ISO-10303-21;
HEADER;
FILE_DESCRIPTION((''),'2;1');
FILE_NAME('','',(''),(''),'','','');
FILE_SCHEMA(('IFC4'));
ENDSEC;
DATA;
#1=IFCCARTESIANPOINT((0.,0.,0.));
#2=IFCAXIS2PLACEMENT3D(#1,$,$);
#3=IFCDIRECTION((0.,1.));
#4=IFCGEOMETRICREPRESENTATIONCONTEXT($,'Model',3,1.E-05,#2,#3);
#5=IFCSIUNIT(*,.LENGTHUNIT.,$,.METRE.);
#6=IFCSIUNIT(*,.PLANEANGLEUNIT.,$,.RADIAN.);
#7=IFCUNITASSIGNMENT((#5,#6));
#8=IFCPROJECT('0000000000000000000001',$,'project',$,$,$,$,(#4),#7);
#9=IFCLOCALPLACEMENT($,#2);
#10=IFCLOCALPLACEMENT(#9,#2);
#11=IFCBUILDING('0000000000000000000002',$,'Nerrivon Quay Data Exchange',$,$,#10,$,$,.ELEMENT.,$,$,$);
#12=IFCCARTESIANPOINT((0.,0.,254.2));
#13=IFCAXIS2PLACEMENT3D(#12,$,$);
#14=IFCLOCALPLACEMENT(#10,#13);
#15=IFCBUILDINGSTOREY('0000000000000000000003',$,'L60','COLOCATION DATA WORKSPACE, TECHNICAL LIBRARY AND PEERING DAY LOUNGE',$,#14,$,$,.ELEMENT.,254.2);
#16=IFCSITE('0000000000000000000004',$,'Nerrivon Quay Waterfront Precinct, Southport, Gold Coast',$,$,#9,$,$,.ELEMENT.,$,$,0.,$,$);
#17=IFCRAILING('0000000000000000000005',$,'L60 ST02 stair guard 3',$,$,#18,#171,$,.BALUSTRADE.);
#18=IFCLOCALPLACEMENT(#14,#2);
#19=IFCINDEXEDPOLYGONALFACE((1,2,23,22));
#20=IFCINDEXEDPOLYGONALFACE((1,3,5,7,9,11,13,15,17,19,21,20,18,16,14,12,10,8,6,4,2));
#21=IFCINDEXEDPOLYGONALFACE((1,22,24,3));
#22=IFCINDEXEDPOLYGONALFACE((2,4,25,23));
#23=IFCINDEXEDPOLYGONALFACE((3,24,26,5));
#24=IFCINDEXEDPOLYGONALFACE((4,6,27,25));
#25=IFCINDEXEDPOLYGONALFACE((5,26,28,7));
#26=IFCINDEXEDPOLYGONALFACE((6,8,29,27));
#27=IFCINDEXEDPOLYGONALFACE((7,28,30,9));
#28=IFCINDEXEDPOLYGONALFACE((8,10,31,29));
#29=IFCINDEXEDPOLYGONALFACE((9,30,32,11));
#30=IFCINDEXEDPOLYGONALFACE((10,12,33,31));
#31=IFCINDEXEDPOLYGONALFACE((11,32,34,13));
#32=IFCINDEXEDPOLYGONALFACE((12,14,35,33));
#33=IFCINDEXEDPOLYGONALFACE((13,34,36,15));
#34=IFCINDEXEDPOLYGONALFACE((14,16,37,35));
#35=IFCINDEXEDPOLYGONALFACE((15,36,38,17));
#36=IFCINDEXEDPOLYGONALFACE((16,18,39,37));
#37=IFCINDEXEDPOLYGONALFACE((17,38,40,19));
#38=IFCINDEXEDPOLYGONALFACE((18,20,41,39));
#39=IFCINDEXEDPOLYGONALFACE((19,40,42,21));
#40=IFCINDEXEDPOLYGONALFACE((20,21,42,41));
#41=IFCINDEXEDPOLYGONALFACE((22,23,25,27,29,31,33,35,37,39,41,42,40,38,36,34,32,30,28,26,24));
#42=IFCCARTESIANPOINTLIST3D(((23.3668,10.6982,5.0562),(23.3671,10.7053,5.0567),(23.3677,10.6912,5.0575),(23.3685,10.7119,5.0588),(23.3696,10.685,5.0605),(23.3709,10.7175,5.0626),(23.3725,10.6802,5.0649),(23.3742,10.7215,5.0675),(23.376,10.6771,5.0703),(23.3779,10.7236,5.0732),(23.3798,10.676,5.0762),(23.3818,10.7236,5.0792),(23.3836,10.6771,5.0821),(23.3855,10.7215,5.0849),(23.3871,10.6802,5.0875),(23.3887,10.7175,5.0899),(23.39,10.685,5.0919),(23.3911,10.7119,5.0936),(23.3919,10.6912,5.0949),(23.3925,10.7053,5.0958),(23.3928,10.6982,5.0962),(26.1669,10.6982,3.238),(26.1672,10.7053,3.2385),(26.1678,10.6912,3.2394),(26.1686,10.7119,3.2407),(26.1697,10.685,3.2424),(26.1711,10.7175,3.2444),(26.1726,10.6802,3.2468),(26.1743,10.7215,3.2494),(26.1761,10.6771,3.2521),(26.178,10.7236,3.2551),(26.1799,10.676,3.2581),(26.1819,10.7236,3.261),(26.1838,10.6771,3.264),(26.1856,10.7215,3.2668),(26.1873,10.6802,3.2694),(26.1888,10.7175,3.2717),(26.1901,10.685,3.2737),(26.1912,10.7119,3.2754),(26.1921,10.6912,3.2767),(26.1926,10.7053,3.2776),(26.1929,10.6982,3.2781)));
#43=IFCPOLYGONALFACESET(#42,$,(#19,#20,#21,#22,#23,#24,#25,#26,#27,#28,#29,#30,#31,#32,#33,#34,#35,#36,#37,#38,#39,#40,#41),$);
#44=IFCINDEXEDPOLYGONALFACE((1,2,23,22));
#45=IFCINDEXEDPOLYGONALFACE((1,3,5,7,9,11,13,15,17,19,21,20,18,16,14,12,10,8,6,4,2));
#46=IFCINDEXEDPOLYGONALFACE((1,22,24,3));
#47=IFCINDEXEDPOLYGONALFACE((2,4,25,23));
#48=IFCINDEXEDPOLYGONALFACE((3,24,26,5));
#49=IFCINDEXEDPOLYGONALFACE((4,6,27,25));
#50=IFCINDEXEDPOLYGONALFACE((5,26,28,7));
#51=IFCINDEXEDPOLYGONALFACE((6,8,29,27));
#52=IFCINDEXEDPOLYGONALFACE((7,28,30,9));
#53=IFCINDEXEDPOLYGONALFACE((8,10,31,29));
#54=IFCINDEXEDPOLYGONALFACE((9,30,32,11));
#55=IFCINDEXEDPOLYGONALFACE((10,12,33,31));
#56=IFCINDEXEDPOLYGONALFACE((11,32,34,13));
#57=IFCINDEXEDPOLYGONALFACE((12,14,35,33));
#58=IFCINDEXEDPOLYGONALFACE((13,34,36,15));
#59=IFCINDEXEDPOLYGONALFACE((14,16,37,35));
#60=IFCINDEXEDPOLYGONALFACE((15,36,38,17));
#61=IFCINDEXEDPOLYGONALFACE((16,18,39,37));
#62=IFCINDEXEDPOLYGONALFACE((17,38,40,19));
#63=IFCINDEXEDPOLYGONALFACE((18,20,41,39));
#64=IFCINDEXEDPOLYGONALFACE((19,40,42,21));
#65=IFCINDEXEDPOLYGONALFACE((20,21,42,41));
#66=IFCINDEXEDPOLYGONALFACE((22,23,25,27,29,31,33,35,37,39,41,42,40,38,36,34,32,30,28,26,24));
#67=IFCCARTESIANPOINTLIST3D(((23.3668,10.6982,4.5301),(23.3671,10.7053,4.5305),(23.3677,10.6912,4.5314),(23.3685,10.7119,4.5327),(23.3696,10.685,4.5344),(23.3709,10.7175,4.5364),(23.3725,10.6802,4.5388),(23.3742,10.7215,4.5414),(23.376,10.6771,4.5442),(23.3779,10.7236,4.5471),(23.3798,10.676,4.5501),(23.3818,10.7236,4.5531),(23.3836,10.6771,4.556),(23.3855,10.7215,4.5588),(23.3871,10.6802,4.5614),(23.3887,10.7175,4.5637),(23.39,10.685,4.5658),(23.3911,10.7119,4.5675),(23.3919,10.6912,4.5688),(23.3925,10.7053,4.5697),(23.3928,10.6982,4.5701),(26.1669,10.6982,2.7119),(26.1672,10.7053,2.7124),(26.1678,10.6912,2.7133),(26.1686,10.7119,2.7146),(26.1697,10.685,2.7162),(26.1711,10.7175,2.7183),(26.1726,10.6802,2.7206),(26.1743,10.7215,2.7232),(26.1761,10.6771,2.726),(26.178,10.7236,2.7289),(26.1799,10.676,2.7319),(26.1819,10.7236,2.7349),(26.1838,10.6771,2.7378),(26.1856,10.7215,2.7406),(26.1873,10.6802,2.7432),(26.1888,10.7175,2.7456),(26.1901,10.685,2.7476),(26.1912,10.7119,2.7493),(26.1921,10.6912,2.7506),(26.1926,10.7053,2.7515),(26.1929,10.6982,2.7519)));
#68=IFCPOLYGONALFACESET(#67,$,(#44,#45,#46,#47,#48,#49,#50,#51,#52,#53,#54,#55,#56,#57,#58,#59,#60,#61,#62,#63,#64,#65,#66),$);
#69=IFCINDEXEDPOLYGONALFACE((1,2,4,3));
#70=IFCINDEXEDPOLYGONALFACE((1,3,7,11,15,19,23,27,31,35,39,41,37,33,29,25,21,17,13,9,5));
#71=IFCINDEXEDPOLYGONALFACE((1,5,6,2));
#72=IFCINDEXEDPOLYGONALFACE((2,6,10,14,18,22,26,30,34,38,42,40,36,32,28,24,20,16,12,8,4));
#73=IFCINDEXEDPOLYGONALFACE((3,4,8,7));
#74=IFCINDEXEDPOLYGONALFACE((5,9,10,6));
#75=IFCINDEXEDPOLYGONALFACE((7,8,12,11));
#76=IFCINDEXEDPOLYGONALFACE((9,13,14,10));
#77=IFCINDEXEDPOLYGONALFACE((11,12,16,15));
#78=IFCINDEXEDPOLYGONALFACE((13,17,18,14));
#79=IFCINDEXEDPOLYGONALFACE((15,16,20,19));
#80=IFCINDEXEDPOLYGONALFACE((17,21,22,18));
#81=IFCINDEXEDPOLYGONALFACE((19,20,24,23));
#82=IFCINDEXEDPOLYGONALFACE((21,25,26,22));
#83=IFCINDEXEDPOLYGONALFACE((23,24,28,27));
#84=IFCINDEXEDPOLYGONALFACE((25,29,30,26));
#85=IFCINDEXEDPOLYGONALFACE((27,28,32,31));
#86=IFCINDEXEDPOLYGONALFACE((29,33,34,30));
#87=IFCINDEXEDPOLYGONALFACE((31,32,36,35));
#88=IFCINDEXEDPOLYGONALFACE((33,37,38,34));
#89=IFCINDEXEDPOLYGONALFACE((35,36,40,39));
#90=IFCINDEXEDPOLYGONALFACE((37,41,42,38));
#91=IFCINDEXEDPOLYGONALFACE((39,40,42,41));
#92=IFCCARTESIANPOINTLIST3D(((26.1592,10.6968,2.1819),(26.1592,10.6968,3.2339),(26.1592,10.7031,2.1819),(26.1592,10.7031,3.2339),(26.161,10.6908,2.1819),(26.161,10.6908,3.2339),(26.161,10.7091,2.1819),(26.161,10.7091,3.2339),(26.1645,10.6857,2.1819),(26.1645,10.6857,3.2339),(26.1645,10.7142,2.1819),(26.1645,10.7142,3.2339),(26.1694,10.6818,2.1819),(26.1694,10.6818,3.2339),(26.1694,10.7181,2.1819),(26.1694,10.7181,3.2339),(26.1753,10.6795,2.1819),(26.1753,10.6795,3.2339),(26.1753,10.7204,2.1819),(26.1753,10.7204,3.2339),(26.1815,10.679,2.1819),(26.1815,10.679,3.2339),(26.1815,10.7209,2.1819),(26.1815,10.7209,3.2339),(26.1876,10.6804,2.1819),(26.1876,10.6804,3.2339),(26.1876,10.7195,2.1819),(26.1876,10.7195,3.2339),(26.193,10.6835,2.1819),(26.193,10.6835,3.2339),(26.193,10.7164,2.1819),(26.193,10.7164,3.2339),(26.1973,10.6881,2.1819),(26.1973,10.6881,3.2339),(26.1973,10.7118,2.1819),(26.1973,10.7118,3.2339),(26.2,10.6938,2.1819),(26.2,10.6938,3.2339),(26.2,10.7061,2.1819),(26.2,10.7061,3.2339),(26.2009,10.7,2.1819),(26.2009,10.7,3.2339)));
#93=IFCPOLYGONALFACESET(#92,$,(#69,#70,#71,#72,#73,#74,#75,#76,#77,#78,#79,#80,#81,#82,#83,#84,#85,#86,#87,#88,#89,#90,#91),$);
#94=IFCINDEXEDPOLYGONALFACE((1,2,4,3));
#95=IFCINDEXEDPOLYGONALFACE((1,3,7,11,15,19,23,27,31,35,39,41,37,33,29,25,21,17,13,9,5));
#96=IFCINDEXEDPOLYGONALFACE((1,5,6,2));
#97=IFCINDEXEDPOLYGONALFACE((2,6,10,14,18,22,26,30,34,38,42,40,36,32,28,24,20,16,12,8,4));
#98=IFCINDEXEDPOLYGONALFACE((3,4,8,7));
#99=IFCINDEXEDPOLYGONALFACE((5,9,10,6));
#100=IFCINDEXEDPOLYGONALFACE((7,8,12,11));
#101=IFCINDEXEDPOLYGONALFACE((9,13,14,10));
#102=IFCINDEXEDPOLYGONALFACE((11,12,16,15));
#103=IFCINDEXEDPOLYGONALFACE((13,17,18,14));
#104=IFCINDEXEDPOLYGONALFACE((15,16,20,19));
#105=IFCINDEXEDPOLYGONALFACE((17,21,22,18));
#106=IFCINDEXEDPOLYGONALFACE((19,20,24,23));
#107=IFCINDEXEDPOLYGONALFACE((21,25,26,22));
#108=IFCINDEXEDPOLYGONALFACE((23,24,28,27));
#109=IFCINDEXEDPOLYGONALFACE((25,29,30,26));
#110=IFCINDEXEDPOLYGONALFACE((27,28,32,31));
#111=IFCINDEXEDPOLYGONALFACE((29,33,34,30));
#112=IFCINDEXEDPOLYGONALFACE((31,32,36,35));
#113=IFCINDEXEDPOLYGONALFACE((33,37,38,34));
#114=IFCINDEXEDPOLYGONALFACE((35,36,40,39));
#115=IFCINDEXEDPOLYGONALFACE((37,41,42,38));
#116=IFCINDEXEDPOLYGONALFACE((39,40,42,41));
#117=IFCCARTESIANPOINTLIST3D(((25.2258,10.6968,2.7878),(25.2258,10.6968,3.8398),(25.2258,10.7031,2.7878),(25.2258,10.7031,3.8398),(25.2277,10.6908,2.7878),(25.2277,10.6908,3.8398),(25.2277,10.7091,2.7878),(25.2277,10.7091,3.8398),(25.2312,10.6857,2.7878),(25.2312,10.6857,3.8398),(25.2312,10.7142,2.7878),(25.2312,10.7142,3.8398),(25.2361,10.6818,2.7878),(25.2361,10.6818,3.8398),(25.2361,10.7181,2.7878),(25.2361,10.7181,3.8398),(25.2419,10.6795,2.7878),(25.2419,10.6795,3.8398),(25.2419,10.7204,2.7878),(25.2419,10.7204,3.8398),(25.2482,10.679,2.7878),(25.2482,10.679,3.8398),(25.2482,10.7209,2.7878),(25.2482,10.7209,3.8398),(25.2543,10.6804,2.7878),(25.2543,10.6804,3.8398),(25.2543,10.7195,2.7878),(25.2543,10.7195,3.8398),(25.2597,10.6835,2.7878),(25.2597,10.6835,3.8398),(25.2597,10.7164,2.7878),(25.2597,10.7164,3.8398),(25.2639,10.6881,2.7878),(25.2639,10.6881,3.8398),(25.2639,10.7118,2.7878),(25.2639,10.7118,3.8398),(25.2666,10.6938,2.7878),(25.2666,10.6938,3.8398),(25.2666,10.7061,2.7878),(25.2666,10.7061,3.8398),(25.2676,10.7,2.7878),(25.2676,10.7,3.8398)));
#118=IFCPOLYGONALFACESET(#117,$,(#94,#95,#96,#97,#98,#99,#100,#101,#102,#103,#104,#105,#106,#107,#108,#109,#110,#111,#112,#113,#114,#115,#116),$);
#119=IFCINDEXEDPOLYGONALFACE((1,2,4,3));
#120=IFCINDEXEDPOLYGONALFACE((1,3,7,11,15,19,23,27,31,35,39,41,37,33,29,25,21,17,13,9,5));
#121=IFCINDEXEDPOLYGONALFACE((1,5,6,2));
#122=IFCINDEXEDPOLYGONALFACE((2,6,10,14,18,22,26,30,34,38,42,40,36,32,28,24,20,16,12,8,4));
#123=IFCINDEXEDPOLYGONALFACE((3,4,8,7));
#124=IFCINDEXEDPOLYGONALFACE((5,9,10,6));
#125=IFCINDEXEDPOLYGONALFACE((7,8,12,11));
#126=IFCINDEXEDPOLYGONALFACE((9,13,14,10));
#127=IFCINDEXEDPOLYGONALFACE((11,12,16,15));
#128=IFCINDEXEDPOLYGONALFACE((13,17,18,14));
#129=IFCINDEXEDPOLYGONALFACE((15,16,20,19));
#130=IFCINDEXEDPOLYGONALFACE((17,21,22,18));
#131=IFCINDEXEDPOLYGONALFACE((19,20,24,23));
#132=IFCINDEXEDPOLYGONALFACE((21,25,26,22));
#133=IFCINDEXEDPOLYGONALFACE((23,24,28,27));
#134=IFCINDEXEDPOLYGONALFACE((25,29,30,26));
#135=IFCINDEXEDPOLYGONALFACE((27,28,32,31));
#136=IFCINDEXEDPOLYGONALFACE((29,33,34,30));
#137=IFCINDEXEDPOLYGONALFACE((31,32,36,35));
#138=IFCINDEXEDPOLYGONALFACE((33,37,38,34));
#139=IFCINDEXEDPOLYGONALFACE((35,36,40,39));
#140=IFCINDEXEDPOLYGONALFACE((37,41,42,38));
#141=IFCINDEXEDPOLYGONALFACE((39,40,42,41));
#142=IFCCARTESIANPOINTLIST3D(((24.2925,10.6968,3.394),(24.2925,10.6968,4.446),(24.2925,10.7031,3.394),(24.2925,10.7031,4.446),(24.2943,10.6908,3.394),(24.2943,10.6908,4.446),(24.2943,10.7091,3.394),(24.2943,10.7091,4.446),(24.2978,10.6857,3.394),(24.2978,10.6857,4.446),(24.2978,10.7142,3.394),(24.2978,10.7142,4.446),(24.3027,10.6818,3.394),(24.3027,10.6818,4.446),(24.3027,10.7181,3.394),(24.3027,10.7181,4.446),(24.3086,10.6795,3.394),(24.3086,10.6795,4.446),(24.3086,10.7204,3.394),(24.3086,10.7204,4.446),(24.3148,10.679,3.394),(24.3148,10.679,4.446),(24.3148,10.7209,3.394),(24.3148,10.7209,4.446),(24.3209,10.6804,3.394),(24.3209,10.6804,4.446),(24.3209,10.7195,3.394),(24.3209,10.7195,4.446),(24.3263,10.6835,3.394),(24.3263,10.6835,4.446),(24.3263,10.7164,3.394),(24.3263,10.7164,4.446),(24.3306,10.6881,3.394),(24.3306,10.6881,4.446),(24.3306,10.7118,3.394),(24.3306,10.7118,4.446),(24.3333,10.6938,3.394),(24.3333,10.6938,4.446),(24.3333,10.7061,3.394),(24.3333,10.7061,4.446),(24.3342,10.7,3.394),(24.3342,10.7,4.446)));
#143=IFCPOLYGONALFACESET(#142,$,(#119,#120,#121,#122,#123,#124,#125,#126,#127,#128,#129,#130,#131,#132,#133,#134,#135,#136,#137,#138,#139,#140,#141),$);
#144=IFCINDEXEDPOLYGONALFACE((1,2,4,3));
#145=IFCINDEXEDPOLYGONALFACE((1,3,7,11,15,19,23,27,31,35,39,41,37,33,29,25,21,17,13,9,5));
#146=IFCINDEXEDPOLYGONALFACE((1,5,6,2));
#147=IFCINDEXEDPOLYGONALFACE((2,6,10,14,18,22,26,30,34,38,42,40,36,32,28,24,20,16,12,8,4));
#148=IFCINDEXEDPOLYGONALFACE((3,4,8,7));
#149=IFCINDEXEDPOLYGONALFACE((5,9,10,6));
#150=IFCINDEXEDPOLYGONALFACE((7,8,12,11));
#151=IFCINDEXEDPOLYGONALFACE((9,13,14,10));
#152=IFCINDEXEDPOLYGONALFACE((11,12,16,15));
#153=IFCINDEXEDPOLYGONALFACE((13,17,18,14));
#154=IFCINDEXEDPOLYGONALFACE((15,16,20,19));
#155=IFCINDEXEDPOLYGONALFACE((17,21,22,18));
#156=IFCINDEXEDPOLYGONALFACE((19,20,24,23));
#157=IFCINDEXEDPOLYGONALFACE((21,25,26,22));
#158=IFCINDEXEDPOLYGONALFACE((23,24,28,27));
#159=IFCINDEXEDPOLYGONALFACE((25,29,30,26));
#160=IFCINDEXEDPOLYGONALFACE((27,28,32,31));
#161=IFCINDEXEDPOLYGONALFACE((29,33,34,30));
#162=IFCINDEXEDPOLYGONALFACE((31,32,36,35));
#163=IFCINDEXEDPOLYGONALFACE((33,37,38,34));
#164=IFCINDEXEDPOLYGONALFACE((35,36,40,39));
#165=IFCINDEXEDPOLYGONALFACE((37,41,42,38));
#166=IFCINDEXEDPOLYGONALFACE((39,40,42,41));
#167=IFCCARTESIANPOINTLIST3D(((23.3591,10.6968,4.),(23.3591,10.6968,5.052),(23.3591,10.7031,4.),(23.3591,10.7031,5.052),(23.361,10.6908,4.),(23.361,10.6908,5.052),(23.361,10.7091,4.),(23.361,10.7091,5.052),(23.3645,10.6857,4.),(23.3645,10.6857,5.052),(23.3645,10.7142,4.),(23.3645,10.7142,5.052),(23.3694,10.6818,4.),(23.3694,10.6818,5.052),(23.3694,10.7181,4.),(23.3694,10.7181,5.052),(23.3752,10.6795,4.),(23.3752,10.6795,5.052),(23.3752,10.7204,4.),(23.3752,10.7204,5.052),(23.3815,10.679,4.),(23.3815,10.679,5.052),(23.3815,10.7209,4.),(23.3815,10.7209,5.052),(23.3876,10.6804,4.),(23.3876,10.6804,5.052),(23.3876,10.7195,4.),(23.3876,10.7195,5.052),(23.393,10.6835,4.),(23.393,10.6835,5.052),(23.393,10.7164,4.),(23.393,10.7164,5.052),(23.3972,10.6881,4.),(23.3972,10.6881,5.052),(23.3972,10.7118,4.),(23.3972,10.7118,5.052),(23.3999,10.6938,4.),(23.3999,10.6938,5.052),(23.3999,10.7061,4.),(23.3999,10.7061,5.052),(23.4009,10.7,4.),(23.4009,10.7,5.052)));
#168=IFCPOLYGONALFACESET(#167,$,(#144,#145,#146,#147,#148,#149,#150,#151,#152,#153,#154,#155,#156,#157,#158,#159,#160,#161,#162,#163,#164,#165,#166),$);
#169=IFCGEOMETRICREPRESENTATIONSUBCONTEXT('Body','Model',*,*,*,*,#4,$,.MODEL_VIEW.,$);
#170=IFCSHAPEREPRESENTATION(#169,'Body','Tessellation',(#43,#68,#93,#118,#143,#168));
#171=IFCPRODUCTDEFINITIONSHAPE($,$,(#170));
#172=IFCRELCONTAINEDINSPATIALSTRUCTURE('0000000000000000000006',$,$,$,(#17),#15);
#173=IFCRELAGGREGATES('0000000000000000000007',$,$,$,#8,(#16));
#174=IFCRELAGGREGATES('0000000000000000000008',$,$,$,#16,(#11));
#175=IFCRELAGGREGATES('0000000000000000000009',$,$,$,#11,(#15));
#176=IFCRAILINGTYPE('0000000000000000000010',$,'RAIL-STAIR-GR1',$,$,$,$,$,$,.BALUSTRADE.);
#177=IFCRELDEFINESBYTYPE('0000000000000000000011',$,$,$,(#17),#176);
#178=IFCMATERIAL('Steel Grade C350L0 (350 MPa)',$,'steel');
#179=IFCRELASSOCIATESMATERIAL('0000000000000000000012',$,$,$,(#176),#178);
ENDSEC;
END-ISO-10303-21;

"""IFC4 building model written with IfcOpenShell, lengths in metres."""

from ifc_helpers import new_model, si_unit, direction, frame, origin, origin_2d, place, context, subcontext, project, spatial, circle, extrude, material, type_object, element, save


model = new_model("IFC4")

# Units and contexts
model_context = context("Model", 3, precision=1e-05, world=origin(), true_north=direction((0.0, 1.0)))
body_context = subcontext(model_context, "Body", "Model", "MODEL_VIEW")
ifc_project = project(units=[si_unit("LENGTHUNIT", "METRE"), si_unit("PLANEANGLEUNIT", "RADIAN")], contexts=[model_context])

# Site, building, storey
site_placement = place(None, origin())
site = spatial("IfcSite", under=ifc_project, at=site_placement, Name="Nerrivon Quay Waterfront Precinct, Southport, Gold Coast", CompositionType="ELEMENT", RefElevation=0.0)
building_placement = place(site_placement, origin())
building = spatial("IfcBuilding", under=site, at=building_placement, Name="Nerrivon Quay Data Exchange", CompositionType="ELEMENT")
storey_placement = place(building_placement, frame((0.0, 0.0, 254.2)))
storey = spatial("IfcBuildingStorey", under=building, at=storey_placement, Name="L60", Description="COLOCATION DATA WORKSPACE, TECHNICAL LIBRARY AND PEERING DAY LOUNGE", CompositionType="ELEMENT", Elevation=254.2)

# Railing
ifc_material_1 = material(Name="Steel Grade C350L0 (350 MPa)", Category="steel")
railing_type_1 = type_object("IfcRailingType", Name="RAIL-STAIR-GR1", PredefinedType="BALUSTRADE", material=ifc_material_1)
railing_1_placement = place(storey_placement, frame((26.1799, 10.7, 2.1819)))
element("IfcRailing", 1, at=railing_1_placement, inside=storey, type_object=railing_type_1, Name="L60 ST02 stair guard 3", PredefinedType="BALUSTRADE", context=body_context, shape_type="SweptSolid", body=[
    extrude(circle(Radius=0.0239, at=origin_2d()), frame((0.0, 0.0, 1.0762), z_axis=(-0.838706, 0.0, 0.544585), x_axis=(0.0, -1.0, 0.0)), (0.0, 0.0, 1.0), 3.3386),
    extrude(circle(Radius=0.0239, at=origin_2d()), frame((0.0, 0.0, 0.55), z_axis=(-0.838706, 0.0, 0.544585), x_axis=(0.0, -1.0, 0.0)), (0.0, 0.0, 1.0), 3.3386),
    extrude(circle(Radius=0.021, at=origin_2d()), origin(), (0.0, 0.0, 1.0), 1.052),
    extrude(circle(Radius=0.021, at=origin_2d()), frame((-0.9333, 0.0, 0.606)), (0.0, 0.0, 1.0), 1.052),
    extrude(circle(Radius=0.021, at=origin_2d()), frame((-1.8667, 0.0, 1.2122)), (0.0, 0.0, 1.0), 1.052),
    extrude(circle(Radius=0.021, at=origin_2d()), frame((-2.8, 0.0, 1.8181)), (0.0, 0.0, 1.0), 1.052),
])

save(model, "model.ifc")
